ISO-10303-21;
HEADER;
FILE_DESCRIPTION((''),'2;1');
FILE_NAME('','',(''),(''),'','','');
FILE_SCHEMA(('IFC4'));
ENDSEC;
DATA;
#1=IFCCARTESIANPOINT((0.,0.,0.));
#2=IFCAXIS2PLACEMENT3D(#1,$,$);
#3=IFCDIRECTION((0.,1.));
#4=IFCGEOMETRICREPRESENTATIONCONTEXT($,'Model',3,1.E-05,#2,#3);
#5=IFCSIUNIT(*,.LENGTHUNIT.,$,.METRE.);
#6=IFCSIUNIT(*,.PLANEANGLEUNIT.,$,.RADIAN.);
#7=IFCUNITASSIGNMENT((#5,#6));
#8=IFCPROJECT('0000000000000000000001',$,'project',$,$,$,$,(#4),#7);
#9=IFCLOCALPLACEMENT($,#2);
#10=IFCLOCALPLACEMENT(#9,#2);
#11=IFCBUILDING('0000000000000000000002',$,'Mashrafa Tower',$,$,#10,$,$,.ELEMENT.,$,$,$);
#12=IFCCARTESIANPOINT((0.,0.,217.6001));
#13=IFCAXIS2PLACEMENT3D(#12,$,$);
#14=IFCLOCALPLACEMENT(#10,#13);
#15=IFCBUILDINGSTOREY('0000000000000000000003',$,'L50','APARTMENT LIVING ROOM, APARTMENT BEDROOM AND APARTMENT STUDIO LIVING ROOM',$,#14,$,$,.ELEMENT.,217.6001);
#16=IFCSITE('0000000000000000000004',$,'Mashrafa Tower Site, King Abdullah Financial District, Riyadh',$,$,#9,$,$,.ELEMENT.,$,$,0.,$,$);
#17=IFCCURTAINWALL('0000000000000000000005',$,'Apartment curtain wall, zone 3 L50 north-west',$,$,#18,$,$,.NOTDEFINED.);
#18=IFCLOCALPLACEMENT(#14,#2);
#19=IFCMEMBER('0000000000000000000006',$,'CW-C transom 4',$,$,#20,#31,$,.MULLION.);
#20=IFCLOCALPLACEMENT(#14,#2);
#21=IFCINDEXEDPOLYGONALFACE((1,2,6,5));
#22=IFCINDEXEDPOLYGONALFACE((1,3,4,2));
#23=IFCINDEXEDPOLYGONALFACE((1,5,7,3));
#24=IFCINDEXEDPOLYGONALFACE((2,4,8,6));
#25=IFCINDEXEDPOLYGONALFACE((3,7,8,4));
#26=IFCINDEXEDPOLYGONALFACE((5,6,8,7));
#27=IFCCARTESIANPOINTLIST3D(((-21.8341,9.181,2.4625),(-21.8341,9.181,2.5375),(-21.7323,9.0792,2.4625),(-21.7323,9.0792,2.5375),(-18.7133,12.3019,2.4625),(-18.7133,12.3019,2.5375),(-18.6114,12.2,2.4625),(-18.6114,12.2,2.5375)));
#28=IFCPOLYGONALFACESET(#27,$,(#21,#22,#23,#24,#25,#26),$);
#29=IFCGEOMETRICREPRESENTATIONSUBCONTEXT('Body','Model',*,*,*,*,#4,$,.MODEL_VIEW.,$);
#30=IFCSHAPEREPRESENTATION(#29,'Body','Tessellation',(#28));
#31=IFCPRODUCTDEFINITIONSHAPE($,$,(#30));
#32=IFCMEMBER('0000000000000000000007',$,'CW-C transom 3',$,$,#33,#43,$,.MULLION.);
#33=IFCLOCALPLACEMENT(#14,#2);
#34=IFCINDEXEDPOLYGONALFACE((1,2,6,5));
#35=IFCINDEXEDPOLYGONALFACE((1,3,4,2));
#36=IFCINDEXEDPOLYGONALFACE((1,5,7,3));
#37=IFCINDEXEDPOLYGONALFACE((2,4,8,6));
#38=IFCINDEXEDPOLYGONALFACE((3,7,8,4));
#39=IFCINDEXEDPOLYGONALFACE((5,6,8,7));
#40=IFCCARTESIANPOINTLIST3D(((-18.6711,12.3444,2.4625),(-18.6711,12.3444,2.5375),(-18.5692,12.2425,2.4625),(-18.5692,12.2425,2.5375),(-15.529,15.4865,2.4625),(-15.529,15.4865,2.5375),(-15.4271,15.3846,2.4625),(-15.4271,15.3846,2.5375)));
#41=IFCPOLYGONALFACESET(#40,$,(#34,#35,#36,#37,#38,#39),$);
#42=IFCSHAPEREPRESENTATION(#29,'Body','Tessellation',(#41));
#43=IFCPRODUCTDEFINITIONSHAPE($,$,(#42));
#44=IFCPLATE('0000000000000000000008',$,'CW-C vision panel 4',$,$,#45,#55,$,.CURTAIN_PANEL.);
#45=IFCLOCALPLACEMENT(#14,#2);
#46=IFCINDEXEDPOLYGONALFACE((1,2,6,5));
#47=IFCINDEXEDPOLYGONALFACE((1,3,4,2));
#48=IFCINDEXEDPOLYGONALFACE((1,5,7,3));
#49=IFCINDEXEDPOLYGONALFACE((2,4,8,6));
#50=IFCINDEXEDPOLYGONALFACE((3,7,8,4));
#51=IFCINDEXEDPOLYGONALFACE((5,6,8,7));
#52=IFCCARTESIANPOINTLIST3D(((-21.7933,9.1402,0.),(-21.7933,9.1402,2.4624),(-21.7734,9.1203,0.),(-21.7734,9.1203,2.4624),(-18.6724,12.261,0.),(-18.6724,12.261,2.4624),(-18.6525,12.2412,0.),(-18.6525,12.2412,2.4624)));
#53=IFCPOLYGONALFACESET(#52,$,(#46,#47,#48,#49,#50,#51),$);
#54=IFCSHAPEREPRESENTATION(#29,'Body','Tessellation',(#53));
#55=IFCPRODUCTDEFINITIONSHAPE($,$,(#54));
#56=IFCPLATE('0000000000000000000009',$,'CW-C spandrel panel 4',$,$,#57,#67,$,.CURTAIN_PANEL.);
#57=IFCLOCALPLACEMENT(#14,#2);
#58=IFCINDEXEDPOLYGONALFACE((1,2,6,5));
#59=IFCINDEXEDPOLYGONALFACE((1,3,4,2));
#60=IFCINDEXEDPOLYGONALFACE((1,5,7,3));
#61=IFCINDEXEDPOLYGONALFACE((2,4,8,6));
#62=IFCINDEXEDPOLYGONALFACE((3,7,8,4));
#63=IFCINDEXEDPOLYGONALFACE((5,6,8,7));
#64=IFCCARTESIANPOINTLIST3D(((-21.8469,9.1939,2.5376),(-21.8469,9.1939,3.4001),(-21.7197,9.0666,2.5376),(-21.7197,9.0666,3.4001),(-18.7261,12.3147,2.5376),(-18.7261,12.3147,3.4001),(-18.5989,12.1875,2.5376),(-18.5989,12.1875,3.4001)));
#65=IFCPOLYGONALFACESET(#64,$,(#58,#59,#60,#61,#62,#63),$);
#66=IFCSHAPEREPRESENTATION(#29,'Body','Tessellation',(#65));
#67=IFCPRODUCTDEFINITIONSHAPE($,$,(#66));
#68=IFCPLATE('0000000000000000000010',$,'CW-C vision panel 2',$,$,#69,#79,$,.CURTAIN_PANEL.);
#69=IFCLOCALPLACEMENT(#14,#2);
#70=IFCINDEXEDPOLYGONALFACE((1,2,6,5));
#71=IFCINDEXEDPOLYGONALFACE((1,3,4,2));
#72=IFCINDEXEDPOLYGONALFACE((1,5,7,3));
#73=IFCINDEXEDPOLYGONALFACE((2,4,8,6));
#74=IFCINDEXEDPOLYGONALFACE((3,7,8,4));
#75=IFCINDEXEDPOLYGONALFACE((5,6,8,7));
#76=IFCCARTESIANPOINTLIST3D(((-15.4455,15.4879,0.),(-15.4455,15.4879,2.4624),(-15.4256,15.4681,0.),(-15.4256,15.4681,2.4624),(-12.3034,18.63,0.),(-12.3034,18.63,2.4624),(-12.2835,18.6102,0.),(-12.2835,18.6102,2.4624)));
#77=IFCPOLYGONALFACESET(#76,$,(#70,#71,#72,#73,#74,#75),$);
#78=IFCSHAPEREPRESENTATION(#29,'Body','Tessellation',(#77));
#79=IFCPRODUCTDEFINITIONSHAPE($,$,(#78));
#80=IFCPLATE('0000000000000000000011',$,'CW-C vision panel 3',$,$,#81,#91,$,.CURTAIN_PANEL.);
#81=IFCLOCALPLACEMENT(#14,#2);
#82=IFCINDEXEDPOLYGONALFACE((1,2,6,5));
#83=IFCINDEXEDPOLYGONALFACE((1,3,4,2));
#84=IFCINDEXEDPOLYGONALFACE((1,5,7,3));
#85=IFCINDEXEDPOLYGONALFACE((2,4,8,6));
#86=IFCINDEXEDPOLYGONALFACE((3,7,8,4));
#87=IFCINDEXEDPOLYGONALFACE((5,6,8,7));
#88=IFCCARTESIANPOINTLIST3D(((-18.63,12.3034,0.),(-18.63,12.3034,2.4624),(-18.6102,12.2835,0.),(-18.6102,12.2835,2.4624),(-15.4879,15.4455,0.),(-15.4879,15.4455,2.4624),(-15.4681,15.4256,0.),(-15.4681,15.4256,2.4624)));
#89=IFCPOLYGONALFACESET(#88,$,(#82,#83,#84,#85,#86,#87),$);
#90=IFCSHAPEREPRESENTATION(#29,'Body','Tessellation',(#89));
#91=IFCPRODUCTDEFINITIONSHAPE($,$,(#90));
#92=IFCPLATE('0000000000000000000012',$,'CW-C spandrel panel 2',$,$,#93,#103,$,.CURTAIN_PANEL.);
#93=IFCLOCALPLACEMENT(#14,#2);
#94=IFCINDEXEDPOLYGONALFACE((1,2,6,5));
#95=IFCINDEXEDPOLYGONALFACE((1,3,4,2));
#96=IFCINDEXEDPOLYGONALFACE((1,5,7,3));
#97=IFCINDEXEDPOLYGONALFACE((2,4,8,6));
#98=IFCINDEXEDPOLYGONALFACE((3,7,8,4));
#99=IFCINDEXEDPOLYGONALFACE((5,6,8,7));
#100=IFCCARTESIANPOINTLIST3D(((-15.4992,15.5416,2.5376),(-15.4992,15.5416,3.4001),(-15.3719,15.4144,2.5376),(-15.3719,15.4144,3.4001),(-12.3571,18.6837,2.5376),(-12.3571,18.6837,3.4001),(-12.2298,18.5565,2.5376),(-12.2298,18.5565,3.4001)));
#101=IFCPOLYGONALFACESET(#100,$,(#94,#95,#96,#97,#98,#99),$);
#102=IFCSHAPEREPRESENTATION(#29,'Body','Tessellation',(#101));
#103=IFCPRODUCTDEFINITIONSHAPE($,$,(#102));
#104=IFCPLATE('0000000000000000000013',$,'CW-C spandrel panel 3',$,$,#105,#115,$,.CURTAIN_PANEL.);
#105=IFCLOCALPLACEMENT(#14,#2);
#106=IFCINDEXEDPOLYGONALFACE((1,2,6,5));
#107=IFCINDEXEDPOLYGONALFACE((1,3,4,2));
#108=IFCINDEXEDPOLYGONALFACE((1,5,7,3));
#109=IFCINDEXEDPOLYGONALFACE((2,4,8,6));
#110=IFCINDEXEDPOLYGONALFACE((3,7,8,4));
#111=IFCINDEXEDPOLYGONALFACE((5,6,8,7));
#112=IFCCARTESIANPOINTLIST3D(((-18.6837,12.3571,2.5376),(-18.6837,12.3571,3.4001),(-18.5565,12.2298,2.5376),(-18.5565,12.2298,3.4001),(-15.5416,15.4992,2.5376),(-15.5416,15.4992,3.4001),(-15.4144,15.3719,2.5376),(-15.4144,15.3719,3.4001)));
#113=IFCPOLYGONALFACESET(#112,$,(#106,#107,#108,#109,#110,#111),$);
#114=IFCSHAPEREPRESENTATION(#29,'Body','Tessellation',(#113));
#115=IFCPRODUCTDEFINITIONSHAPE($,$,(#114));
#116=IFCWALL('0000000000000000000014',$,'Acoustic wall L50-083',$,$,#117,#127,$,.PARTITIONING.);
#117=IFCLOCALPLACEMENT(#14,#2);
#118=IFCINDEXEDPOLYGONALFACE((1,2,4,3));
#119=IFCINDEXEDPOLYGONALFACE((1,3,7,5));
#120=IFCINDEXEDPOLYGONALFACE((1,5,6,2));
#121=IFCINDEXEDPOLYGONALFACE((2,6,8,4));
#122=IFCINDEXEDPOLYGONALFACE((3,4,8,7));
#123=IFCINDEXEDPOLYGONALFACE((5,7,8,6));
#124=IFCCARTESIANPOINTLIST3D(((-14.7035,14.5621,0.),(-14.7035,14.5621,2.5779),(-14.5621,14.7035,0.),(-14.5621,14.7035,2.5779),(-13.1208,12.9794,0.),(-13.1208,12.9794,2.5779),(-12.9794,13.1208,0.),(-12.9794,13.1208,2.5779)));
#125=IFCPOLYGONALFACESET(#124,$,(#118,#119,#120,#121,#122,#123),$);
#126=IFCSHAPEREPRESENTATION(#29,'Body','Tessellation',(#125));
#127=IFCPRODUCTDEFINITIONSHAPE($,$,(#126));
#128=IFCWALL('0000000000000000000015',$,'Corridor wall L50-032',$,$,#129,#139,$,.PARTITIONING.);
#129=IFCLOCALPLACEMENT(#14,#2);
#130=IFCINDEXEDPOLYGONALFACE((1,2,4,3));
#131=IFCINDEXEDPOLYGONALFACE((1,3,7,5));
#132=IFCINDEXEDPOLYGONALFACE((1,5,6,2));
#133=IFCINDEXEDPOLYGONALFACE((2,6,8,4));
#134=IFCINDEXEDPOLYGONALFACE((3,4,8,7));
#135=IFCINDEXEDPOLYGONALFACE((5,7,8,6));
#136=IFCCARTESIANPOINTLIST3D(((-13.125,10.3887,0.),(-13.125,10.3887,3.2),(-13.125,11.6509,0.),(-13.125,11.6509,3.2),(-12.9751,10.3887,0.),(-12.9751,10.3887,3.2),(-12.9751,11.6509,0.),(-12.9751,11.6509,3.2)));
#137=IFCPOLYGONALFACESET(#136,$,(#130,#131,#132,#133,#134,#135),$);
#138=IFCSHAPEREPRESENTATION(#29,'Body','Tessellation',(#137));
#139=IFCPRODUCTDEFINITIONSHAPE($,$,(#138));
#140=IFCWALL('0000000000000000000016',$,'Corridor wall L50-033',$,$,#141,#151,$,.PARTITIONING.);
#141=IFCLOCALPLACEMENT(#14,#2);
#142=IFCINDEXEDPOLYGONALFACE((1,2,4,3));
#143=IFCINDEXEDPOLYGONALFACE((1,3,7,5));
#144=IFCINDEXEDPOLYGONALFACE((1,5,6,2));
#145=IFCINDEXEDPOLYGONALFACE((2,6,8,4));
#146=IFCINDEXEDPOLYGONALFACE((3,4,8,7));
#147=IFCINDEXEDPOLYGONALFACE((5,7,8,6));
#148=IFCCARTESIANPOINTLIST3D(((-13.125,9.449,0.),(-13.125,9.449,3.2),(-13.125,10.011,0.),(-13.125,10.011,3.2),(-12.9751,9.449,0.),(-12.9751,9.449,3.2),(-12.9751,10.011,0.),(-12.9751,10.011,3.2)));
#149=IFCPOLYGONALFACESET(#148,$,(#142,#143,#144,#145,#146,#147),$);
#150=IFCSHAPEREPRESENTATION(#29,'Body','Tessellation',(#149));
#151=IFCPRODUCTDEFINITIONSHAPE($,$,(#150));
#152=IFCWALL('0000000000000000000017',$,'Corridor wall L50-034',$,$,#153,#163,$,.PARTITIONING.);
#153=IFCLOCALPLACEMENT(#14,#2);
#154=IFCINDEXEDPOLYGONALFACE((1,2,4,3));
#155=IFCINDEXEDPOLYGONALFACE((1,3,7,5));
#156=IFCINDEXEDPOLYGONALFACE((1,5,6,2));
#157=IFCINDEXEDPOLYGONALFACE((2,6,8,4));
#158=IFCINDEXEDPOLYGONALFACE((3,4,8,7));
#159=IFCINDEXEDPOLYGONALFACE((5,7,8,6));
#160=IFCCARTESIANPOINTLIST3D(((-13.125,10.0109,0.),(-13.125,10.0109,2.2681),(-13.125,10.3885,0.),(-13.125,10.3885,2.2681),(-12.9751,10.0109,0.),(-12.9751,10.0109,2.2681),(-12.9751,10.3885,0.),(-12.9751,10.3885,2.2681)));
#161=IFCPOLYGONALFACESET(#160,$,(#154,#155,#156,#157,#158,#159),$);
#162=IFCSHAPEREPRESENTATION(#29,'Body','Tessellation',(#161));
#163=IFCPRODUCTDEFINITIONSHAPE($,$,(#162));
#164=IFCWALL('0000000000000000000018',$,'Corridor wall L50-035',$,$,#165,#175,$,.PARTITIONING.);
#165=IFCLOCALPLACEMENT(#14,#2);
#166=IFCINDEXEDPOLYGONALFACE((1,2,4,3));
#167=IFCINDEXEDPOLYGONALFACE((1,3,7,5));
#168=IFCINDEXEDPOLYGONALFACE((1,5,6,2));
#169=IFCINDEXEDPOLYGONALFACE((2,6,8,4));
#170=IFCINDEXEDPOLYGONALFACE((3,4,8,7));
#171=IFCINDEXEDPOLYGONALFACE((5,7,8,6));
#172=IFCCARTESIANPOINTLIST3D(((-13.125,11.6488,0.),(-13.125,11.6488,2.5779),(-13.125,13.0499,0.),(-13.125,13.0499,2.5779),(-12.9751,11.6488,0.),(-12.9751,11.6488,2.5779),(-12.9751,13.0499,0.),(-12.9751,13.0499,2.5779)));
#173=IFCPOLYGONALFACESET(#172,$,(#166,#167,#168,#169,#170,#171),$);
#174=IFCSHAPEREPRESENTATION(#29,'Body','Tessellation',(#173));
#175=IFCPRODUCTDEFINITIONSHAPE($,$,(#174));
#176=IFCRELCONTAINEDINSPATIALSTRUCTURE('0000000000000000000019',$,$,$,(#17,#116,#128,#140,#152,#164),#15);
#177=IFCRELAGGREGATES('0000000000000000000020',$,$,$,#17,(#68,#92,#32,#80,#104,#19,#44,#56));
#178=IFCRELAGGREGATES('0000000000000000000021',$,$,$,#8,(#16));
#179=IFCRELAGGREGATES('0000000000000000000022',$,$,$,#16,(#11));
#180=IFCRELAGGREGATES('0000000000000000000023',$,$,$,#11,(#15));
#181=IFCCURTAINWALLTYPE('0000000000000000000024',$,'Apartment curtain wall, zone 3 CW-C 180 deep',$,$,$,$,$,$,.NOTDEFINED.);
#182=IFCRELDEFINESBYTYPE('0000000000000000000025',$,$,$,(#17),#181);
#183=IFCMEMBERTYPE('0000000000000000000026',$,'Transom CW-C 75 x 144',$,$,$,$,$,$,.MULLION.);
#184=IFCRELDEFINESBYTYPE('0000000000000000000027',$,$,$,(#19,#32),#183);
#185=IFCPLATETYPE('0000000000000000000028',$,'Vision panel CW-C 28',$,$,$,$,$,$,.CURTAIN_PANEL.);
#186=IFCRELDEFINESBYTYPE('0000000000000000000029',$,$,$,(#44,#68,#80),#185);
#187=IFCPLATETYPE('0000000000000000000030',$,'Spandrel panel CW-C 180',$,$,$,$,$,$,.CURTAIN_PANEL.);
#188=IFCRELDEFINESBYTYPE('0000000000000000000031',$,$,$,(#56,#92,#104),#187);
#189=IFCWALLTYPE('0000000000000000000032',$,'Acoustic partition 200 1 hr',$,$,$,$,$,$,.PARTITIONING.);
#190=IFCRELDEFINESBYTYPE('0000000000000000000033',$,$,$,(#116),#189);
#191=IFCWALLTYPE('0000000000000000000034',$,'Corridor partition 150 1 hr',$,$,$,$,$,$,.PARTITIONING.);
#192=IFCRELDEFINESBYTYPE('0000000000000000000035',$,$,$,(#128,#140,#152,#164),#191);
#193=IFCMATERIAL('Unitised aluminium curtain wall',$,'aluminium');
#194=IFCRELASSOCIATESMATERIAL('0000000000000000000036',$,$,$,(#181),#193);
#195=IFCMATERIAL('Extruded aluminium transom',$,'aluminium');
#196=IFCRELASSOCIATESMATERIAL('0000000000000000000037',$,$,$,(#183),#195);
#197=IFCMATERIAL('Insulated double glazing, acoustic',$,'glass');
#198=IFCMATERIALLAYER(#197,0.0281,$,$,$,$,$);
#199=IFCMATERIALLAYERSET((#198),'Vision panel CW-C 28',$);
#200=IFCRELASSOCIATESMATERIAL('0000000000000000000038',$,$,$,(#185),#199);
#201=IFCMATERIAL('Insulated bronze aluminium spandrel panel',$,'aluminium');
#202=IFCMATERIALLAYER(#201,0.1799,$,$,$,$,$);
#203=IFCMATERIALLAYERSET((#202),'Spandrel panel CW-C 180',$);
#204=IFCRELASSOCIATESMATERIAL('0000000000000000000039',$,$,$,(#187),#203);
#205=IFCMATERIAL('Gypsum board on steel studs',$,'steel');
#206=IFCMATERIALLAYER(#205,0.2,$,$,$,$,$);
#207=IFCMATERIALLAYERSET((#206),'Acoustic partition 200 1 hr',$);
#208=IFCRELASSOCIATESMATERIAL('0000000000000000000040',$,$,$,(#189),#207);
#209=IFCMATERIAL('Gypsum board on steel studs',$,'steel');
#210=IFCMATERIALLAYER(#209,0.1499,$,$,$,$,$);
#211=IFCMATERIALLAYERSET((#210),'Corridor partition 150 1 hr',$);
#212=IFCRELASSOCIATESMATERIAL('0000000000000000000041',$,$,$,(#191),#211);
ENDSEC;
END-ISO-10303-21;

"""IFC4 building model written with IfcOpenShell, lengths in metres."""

from ifc_helpers import new_model, si_unit, direction, frame, frame_2d, origin, origin_2d, place, context, subcontext, project, spatial, rectangle, extrude, source, transform, mapped, material, layer, layer_set, material_profile, profile_set, type_object, type_shapes, element, aggregate, save


model = new_model("IFC4")

# Units and contexts
model_context = context("Model", 3, precision=1e-05, world=origin(), true_north=direction((0.0, 1.0)))
body_context = subcontext(model_context, "Body", "Model", "MODEL_VIEW")
ifc_project = project(units=[si_unit("LENGTHUNIT", "METRE"), si_unit("PLANEANGLEUNIT", "RADIAN")], contexts=[model_context])

# Site, building, storey
site_placement = place(None, origin())
site = spatial("IfcSite", under=ifc_project, at=site_placement, Name="Mashrafa Tower Site, King Abdullah Financial District, Riyadh", CompositionType="ELEMENT", RefElevation=0.0)
building_placement = place(site_placement, origin())
building = spatial("IfcBuilding", under=site, at=building_placement, Name="Mashrafa Tower", CompositionType="ELEMENT")
storey_placement = place(building_placement, frame((0.0, 0.0, 217.6001)))
storey = spatial("IfcBuildingStorey", under=building, at=storey_placement, Name="L50", Description="APARTMENT LIVING ROOM, APARTMENT BEDROOM AND APARTMENT STUDIO LIVING ROOM", CompositionType="ELEMENT", Elevation=217.6001)

# Curtain wall, members, plates
ifc_material_1 = material(Name="Unitised aluminium curtain wall", Category="aluminium")
curtain_wall_type = type_object("IfcCurtainWallType", Name="Apartment curtain wall, zone 3 CW-C 180 deep", PredefinedType="NOTDEFINED", material=ifc_material_1)
curtain_wall_placement = place(storey_placement, origin())
curtain_wall = element("IfcCurtainWall", 1, at=curtain_wall_placement, inside=storey, type_object=curtain_wall_type, Name="Apartment curtain wall, zone 3 L50 north-west", PredefinedType="NOTDEFINED")
ifc_material_2 = material(Name="Extruded aluminium transom", Category="aluminium")
ifc_material_profile_1 = material_profile(ifc_material_2, rectangle(XDim=0.144, YDim=0.075, at=origin_2d()), Name="Transom 75x144")
ifc_profile_set_1 = profile_set([ifc_material_profile_1], Name="Extruded aluminium transom")
member_type_1 = type_object("IfcMemberType", Name="Transom CW-C 75 x 144", PredefinedType="MULLION", material=ifc_profile_set_1)
shared_shape_1 = source(origin(), body_context, "Body", "SweptSolid", [
    extrude(rectangle(XDim=0.144, YDim=0.075, at=origin_2d()), origin(), (0.0, 0.0, 1.0), 4.4136),
])
member_1_placement = place(storey_placement, frame((-18.6624, 12.251, 2.5), z_axis=(-0.707107, -0.707107, 0.0), x_axis=(0.707107, -0.707107, 0.0)))
member_1 = element("IfcMember", 2, at=member_1_placement, type_object=member_type_1, Name="CW-C transom 4", PredefinedType="MULLION", context=body_context, shape_type="MappedRepresentation", body=[
    mapped(shared_shape_1, transform((0.0, 0.0, 0.0))),
])
shared_shape_2 = source(origin(), body_context, "Body", "SweptSolid", [
    extrude(rectangle(XDim=0.144, YDim=0.075, at=origin_2d()), origin(), (0.0, 0.0, 1.0), 4.4436),
])
type_shapes(member_type_1, [shared_shape_1, shared_shape_2])
member_2_placement = place(storey_placement, frame((-15.478, 15.4355, 2.5), z_axis=(-0.707107, -0.707107, 0.0), x_axis=(0.707107, -0.707107, 0.0)))
member_2 = element("IfcMember", 3, at=member_2_placement, type_object=member_type_1, Name="CW-C transom 3", PredefinedType="MULLION", context=body_context, shape_type="MappedRepresentation", body=[
    mapped(shared_shape_2, transform((0.0, 0.0, 0.0))),
])
ifc_material_3 = material(Name="Insulated double glazing, acoustic", Category="glass")
ifc_layer_1 = layer(ifc_material_3, 0.0281)
ifc_layer_set_1 = layer_set([ifc_layer_1], Name="Vision panel CW-C 28")
plate_type_1 = type_object("IfcPlateType", Name="Vision panel CW-C 28", PredefinedType="CURTAIN_PANEL", material=ifc_layer_set_1)
shared_shape_3 = source(origin(), body_context, "Body", "SweptSolid", [
    extrude(rectangle(XDim=4.4136, YDim=0.0281, at=origin_2d()), origin(), (0.0, 0.0, 1.0), 2.4624),
])
plate_1_placement = place(storey_placement, frame((-20.2229, 10.6907, 0.0), z_axis=(0.0, 0.0, 1.0), x_axis=(-0.707107, -0.707107, 0.0)))
plate_1 = element("IfcPlate", 4, at=plate_1_placement, type_object=plate_type_1, Name="CW-C vision panel 4", PredefinedType="CURTAIN_PANEL", context=body_context, shape_type="MappedRepresentation", body=[
    mapped(shared_shape_3, transform((0.0, 0.0, 0.0))),
])
ifc_material_4 = material(Name="Insulated bronze aluminium spandrel panel", Category="aluminium")
ifc_layer_2 = layer(ifc_material_4, 0.1799)
ifc_layer_set_2 = layer_set([ifc_layer_2], Name="Spandrel panel CW-C 180")
plate_type_2 = type_object("IfcPlateType", Name="Spandrel panel CW-C 180", PredefinedType="CURTAIN_PANEL", material=ifc_layer_set_2)
shared_shape_4 = source(origin(), body_context, "Body", "SweptSolid", [
    extrude(rectangle(XDim=4.4136, YDim=0.1799, at=origin_2d()), origin(), (0.0, 0.0, 1.0), 0.8625),
])
plate_2_placement = place(storey_placement, frame((-20.2229, 10.6907, 2.5376), z_axis=(0.0, 0.0, 1.0), x_axis=(-0.707107, -0.707107, 0.0)))
plate_2 = element("IfcPlate", 5, at=plate_2_placement, type_object=plate_type_2, Name="CW-C spandrel panel 4", PredefinedType="CURTAIN_PANEL", context=body_context, shape_type="MappedRepresentation", body=[
    mapped(shared_shape_4, transform((0.0, 0.0, 0.0))),
])
shared_shape_5 = source(origin(), body_context, "Body", "SweptSolid", [
    extrude(rectangle(XDim=4.4436, YDim=0.0281, at=origin_2d()), origin(), (0.0, 0.0, 1.0), 2.4624),
])
type_shapes(plate_type_1, [shared_shape_3, shared_shape_5])
plate_3_placement = place(storey_placement, frame((-13.8645, 17.0491, 0.0), z_axis=(0.0, 0.0, 1.0), x_axis=(-0.707107, -0.707107, 0.0)))
plate_3 = element("IfcPlate", 6, at=plate_3_placement, type_object=plate_type_1, Name="CW-C vision panel 2", PredefinedType="CURTAIN_PANEL", context=body_context, shape_type="MappedRepresentation", body=[
    mapped(shared_shape_5, transform((0.0, 0.0, 0.0))),
])
plate_4_placement = place(storey_placement, frame((-17.0491, 13.8645, 0.0), z_axis=(0.0, 0.0, 1.0), x_axis=(-0.707107, -0.707107, 0.0)))
plate_4 = element("IfcPlate", 7, at=plate_4_placement, type_object=plate_type_1, Name="CW-C vision panel 3", PredefinedType="CURTAIN_PANEL", context=body_context, shape_type="MappedRepresentation", body=[
    mapped(shared_shape_5, transform((0.0, 0.0, 0.0))),
])
shared_shape_6 = source(origin(), body_context, "Body", "SweptSolid", [
    extrude(rectangle(XDim=4.4436, YDim=0.1799, at=origin_2d()), origin(), (0.0, 0.0, 1.0), 0.8625),
])
type_shapes(plate_type_2, [shared_shape_4, shared_shape_6])
plate_5_placement = place(storey_placement, frame((-13.8645, 17.0491, 2.5376), z_axis=(0.0, 0.0, 1.0), x_axis=(-0.707107, -0.707107, 0.0)))
plate_5 = element("IfcPlate", 8, at=plate_5_placement, type_object=plate_type_2, Name="CW-C spandrel panel 2", PredefinedType="CURTAIN_PANEL", context=body_context, shape_type="MappedRepresentation", body=[
    mapped(shared_shape_6, transform((0.0, 0.0, 0.0))),
])
plate_6_placement = place(storey_placement, frame((-17.0491, 13.8645, 2.5376), z_axis=(0.0, 0.0, 1.0), x_axis=(-0.707107, -0.707107, 0.0)))
plate_6 = element("IfcPlate", 9, at=plate_6_placement, type_object=plate_type_2, Name="CW-C spandrel panel 3", PredefinedType="CURTAIN_PANEL", context=body_context, shape_type="MappedRepresentation", body=[
    mapped(shared_shape_6, transform((0.0, 0.0, 0.0))),
])
aggregate(curtain_wall, [plate_3, plate_5, member_2, plate_4, plate_6, member_1, plate_1, plate_2])

# Walls
ifc_material_5 = material(Name="Gypsum board on steel studs", Category="steel")
ifc_layer_3 = layer(ifc_material_5, 0.2)
ifc_layer_set_3 = layer_set([ifc_layer_3], Name="Acoustic partition 200 1 hr")
wall_type_1 = type_object("IfcWallType", Name="Acoustic partition 200 1 hr", PredefinedType="PARTITIONING", material=ifc_layer_set_3)
wall_1_placement = place(storey_placement, frame((-14.6328, 14.6328, 0.0), z_axis=(0.0, 0.0, 1.0), x_axis=(0.707107, -0.707107, 0.0)))
element("IfcWall", 10, at=wall_1_placement, inside=storey, type_object=wall_type_1, Name="Acoustic wall L50-083", PredefinedType="PARTITIONING", context=body_context, shape_type="SweptSolid", body=[
    extrude(rectangle(XDim=2.2383, YDim=0.2, at=frame_2d((1.1191, 0.0))), origin(), (0.0, 0.0, 1.0), 2.5779),
])
ifc_material_6 = material(Name="Gypsum board on steel studs", Category="steel")
ifc_layer_4 = layer(ifc_material_6, 0.1499)
ifc_layer_set_4 = layer_set([ifc_layer_4], Name="Corridor partition 150 1 hr")
wall_type_2 = type_object("IfcWallType", Name="Corridor partition 150 1 hr", PredefinedType="PARTITIONING", material=ifc_layer_set_4)
wall_2_placement = place(storey_placement, frame((-13.05, 11.6509, 0.0), z_axis=(0.0, 0.0, 1.0), x_axis=(0.0, -1.0, 0.0)))
element("IfcWall", 11, at=wall_2_placement, inside=storey, type_object=wall_type_2, Name="Corridor wall L50-032", PredefinedType="PARTITIONING", context=body_context, shape_type="SweptSolid", body=[
    extrude(rectangle(XDim=1.2622, YDim=0.1499, at=frame_2d((0.6311, 0.0))), origin(), (0.0, 0.0, 1.0), 3.2),
])
wall_3_placement = place(storey_placement, frame((-13.05, 10.011, 0.0), z_axis=(0.0, 0.0, 1.0), x_axis=(0.0, -1.0, 0.0)))
element("IfcWall", 12, at=wall_3_placement, inside=storey, type_object=wall_type_2, Name="Corridor wall L50-033", PredefinedType="PARTITIONING", context=body_context, shape_type="SweptSolid", body=[
    extrude(rectangle(XDim=0.562, YDim=0.1499, at=frame_2d((0.281, 0.0))), origin(), (0.0, 0.0, 1.0), 3.2),
])
wall_4_placement = place(storey_placement, frame((-13.05, 10.3887, 0.0), z_axis=(0.0, 0.0, 1.0), x_axis=(0.0, -1.0, 0.0)))
element("IfcWall", 13, at=wall_4_placement, inside=storey, type_object=wall_type_2, Name="Corridor wall L50-034", PredefinedType="PARTITIONING", context=body_context, shape_type="SweptSolid", body=[
    extrude(rectangle(XDim=0.3777, YDim=0.1499, at=frame_2d((0.189, 0.0))), origin(), (0.0, 0.0, 1.0), 2.2681),
])
wall_5_placement = place(storey_placement, frame((-13.05, 13.05, 0.0), z_axis=(0.0, 0.0, 1.0), x_axis=(0.0, -1.0, 0.0)))
element("IfcWall", 14, at=wall_5_placement, inside=storey, type_object=wall_type_2, Name="Corridor wall L50-035", PredefinedType="PARTITIONING", context=body_context, shape_type="SweptSolid", body=[
    extrude(rectangle(XDim=1.4011, YDim=0.1499, at=frame_2d((0.7007, 0.0))), origin(), (0.0, 0.0, 1.0), 2.5779),
])

save(model, "model.ifc")
